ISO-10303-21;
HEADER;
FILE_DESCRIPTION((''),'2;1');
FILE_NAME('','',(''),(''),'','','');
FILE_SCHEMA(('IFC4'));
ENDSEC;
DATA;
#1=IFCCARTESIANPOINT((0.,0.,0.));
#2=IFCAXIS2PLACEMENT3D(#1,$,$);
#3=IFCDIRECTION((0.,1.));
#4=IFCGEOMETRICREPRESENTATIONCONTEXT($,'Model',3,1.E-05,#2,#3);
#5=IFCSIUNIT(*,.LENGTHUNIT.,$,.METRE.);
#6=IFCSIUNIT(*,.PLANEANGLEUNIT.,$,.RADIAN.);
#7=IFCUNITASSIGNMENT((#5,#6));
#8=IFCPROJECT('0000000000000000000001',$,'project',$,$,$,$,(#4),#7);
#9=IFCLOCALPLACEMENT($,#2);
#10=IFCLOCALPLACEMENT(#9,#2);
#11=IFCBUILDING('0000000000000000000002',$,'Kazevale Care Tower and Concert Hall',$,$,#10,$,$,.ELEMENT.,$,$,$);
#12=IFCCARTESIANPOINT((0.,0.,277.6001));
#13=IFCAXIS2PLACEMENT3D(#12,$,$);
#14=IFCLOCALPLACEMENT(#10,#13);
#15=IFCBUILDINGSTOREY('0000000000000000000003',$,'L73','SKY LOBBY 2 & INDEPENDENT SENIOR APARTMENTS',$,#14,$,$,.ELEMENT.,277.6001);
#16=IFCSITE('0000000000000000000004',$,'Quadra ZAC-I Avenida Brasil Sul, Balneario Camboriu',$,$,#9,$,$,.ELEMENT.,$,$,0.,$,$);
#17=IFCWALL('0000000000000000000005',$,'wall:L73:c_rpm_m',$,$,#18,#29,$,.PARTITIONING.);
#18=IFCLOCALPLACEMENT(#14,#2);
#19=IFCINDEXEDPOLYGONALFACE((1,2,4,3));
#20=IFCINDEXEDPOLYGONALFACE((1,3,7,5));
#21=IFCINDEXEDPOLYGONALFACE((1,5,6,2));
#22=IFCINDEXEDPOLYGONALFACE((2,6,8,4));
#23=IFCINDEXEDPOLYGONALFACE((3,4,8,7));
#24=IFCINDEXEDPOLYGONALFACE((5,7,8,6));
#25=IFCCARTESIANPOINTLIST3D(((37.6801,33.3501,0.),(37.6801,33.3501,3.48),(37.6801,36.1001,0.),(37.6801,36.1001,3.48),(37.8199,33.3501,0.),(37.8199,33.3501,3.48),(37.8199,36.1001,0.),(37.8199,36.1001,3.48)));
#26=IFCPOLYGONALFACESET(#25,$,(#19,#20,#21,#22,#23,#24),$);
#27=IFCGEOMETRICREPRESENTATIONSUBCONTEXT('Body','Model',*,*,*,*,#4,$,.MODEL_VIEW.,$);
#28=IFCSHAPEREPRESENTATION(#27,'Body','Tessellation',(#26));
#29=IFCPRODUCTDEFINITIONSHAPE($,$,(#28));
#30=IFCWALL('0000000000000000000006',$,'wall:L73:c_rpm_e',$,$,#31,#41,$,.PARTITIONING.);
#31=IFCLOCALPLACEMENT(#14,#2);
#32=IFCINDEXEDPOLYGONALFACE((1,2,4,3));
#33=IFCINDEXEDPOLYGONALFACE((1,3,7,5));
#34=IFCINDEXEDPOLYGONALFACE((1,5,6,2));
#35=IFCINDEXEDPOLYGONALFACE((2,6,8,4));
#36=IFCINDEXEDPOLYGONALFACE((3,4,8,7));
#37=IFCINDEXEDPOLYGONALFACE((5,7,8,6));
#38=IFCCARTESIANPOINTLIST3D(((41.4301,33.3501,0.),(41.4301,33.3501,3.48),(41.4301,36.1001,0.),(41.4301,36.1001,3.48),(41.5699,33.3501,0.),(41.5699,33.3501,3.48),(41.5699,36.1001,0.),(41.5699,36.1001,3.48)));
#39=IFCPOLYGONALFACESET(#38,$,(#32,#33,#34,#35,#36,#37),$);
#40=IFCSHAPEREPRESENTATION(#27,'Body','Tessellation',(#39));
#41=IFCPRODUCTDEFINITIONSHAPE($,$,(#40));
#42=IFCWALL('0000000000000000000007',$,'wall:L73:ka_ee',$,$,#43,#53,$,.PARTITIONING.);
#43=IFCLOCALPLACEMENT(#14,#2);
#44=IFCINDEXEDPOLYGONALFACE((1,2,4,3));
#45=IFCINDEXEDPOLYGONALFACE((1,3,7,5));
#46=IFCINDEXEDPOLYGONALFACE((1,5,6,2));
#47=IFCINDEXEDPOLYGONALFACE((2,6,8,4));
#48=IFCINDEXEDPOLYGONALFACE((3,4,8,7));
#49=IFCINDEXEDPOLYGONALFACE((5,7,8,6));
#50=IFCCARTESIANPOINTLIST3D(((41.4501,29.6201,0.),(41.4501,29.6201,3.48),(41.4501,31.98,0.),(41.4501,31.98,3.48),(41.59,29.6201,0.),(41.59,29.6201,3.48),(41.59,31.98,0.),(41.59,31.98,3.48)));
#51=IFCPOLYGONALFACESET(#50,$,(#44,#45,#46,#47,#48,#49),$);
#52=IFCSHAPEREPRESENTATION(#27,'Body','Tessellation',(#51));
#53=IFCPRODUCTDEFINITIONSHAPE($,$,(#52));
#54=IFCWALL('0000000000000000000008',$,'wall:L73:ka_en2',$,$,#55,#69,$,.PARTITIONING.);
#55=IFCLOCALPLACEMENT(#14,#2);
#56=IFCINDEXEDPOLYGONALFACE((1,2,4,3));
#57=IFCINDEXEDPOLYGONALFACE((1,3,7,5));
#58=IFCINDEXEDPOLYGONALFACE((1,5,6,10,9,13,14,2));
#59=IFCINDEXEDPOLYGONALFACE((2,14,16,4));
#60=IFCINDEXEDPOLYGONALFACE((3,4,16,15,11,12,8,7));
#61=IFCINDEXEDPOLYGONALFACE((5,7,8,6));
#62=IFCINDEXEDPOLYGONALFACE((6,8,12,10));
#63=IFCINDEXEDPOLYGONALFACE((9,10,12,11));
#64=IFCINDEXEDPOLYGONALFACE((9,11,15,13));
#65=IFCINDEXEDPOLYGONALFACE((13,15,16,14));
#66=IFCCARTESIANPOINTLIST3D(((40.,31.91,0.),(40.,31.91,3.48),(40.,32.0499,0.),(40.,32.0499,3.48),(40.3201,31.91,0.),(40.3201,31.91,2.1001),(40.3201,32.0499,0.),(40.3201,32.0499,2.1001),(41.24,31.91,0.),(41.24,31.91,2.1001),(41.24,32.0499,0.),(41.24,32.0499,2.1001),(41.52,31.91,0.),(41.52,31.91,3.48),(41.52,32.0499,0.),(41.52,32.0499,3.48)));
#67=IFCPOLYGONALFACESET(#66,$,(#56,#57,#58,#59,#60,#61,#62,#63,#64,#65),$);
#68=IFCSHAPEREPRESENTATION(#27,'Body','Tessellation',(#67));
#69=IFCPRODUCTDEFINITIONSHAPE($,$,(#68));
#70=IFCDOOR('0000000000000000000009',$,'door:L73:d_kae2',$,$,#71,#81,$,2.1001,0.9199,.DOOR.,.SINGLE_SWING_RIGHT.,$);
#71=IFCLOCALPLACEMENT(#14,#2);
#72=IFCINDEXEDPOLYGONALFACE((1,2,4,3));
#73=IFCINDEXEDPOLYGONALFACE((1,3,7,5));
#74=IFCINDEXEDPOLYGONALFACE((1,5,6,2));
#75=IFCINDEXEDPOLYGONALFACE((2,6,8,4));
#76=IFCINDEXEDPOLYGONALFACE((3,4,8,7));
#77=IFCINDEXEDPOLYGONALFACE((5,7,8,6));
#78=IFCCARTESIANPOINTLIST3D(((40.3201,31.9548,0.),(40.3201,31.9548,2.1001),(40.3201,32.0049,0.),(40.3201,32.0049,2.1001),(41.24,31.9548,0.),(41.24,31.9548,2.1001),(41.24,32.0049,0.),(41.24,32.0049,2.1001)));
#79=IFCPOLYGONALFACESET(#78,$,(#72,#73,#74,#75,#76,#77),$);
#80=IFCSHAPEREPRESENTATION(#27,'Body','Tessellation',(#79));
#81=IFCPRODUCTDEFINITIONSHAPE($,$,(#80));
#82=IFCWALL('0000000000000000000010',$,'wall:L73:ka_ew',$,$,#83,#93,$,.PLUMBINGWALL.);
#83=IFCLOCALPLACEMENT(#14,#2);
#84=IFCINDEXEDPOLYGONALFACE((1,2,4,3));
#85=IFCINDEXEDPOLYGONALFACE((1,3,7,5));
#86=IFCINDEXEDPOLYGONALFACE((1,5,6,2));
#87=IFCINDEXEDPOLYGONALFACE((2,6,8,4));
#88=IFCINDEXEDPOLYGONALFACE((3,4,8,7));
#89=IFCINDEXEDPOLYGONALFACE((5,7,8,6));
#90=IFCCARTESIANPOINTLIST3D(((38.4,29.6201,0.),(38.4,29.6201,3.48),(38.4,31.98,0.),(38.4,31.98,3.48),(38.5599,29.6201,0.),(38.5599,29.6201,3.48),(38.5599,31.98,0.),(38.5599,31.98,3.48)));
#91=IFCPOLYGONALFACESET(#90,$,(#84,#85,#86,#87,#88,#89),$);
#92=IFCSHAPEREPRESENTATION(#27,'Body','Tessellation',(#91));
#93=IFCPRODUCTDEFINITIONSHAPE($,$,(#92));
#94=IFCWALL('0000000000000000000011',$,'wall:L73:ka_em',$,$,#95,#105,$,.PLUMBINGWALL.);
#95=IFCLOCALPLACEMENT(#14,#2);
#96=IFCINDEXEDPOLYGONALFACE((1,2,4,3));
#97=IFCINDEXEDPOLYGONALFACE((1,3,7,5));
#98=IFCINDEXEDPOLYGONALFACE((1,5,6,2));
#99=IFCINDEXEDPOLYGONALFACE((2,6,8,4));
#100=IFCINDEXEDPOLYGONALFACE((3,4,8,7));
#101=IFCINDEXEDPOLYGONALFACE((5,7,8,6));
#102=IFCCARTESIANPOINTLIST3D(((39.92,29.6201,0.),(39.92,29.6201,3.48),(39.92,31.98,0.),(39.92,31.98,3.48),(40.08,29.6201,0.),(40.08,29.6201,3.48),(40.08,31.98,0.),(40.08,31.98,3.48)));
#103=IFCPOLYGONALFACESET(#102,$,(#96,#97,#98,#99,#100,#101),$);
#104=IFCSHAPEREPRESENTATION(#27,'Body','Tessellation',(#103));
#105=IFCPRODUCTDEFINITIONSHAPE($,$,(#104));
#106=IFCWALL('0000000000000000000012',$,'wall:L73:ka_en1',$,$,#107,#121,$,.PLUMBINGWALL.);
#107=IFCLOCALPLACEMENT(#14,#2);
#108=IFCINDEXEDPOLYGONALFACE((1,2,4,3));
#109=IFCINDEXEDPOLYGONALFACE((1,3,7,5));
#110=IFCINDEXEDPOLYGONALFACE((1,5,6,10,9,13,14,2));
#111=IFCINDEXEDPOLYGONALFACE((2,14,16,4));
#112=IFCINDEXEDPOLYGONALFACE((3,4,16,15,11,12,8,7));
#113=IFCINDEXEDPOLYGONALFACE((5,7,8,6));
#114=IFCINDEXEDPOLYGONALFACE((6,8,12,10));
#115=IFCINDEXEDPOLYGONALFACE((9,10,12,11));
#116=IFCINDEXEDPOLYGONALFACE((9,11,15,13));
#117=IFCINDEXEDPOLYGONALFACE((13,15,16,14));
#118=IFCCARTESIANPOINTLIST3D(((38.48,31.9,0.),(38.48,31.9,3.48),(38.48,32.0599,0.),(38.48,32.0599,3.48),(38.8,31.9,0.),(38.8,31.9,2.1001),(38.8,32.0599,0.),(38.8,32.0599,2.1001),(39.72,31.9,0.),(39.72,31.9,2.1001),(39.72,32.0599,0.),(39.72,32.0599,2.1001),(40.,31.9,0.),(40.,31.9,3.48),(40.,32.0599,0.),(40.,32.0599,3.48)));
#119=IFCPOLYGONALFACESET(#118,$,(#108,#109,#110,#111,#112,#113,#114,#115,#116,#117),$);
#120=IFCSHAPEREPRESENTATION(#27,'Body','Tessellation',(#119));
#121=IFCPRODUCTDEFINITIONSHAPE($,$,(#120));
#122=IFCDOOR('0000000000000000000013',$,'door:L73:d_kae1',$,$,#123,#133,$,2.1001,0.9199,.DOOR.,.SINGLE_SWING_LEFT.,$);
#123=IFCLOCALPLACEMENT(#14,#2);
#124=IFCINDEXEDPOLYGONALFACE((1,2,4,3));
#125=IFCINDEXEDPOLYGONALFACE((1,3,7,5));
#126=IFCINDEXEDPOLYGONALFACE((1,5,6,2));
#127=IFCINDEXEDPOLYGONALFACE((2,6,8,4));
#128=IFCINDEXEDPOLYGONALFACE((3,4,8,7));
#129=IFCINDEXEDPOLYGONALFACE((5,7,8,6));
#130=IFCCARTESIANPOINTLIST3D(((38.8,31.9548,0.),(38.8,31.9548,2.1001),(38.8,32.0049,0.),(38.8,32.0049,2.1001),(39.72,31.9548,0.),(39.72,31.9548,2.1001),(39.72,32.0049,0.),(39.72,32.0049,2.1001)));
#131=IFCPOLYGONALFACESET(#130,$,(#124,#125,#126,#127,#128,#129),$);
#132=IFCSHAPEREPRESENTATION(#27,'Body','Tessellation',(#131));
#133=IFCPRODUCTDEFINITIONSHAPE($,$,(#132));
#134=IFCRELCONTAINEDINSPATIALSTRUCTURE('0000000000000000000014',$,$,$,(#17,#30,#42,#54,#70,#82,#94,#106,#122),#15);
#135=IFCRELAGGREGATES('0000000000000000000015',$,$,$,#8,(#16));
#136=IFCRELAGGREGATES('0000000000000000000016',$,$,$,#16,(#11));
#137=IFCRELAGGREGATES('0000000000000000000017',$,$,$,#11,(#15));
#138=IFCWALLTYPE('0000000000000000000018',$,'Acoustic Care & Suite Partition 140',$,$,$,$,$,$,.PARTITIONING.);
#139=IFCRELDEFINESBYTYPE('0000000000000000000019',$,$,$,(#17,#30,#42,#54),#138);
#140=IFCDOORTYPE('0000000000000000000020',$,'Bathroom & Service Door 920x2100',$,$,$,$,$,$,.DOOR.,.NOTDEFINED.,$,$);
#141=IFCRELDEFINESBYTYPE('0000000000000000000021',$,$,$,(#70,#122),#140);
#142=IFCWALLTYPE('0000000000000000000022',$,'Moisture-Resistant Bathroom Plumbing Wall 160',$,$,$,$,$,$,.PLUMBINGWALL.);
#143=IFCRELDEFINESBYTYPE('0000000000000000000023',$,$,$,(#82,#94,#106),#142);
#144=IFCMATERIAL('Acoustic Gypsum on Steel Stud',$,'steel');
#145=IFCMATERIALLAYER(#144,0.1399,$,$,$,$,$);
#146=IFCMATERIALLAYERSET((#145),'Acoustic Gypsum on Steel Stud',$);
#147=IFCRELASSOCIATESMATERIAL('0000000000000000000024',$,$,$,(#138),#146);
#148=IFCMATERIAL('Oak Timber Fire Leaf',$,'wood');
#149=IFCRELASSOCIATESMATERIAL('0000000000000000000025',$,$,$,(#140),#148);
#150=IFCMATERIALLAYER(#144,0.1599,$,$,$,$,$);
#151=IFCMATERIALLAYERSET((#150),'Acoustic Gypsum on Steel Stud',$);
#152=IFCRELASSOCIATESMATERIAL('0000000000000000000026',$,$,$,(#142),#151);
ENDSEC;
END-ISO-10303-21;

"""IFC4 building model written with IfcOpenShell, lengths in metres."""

from ifc_helpers import new_model, si_unit, direction, frame, frame_2d, origin, place, context, subcontext, project, spatial, rectangle, extrude, material, layer, layer_set, type_object, element, fill, save


model = new_model("IFC4")

# Units and contexts
model_context = context("Model", 3, precision=1e-05, world=origin(), true_north=direction((0.0, 1.0)))
body_context = subcontext(model_context, "Body", "Model", "MODEL_VIEW")
ifc_project = project(units=[si_unit("LENGTHUNIT", "METRE"), si_unit("PLANEANGLEUNIT", "RADIAN")], contexts=[model_context])

# Site, building, storey
site_placement = place(None, origin())
site = spatial("IfcSite", under=ifc_project, at=site_placement, Name="Quadra ZAC-I Avenida Brasil Sul, Balneario Camboriu", CompositionType="ELEMENT", RefElevation=0.0)
building_placement = place(site_placement, origin())
building = spatial("IfcBuilding", under=site, at=building_placement, Name="Kazevale Care Tower and Concert Hall", CompositionType="ELEMENT")
storey_placement = place(building_placement, frame((0.0, 0.0, 277.6001)))
storey = spatial("IfcBuildingStorey", under=building, at=storey_placement, Name="L73", Description="SKY LOBBY 2 & INDEPENDENT SENIOR APARTMENTS", CompositionType="ELEMENT", Elevation=277.6001)

# Shared definitions
ifc_material_1 = material(Name="Acoustic Gypsum on Steel Stud", Category="steel")
ifc_layer_1 = layer(ifc_material_1, 0.1399)
ifc_layer_set_1 = layer_set([ifc_layer_1], Name="Acoustic Gypsum on Steel Stud")
wall_type_1 = type_object("IfcWallType", Name="Acoustic Care & Suite Partition 140", PredefinedType="PARTITIONING", material=ifc_layer_set_1)
ifc_material_2 = material(Name="Oak Timber Fire Leaf", Category="wood")
door_type = type_object("IfcDoorType", Name="Bathroom & Service Door 920x2100", OperationType="NOTDEFINED", PredefinedType="DOOR", material=ifc_material_2)

# Walls
for number, where, z_axis, x_axis, name in (
    (1, (37.75, 33.3501, 0.0), (0.0, 0.0, 1.0), (0.0, 1.0, 0.0), "wall:L73:c_rpm_m"),
    (2, (41.5, 33.3501, 0.0), (0.0, 0.0, 1.0), (0.0, 1.0, 0.0), "wall:L73:c_rpm_e"),
):
    element("IfcWall", number, at=place(storey_placement, frame(where, z_axis=z_axis, x_axis=x_axis)), inside=storey, type_object=wall_type_1, Name=name, PredefinedType="PARTITIONING", context=body_context, shape_type="SweptSolid", body=[
        extrude(rectangle(XDim=2.75, YDim=0.1399, at=frame_2d((1.375, 0.0))), origin(), (0.0, 0.0, 1.0), 3.48),
    ])
wall_1_placement = place(storey_placement, frame((41.52, 29.6201, 0.0), z_axis=(0.0, 0.0, 1.0), x_axis=(0.0, 1.0, 0.0)))
element("IfcWall", 3, at=wall_1_placement, inside=storey, type_object=wall_type_1, Name="wall:L73:ka_ee", PredefinedType="PARTITIONING", context=body_context, shape_type="SweptSolid", body=[
    extrude(rectangle(XDim=2.3599, YDim=0.1399, at=frame_2d((1.1799, 0.0))), origin(), (0.0, 0.0, 1.0), 3.48),
])

# Wall, opening, door
wall_2_placement = place(storey_placement, frame((40.0, 31.98, 0.0), z_axis=(0.0, 0.0, 1.0), x_axis=(1.0, 0.0, 0.0)))
wall_2 = element("IfcWall", 4, at=wall_2_placement, inside=storey, type_object=wall_type_1, Name="wall:L73:ka_en2", PredefinedType="PARTITIONING", context=body_context, shape_type="SweptSolid", body=[
    extrude(rectangle(XDim=1.52, YDim=0.1399, at=frame_2d((0.76, 0.0))), origin(), (0.0, 0.0, 1.0), 3.48),
])
opening_1_placement = place(wall_2_placement, frame((0.3201, 0.0, 0.0)))
opening_1 = element("IfcOpeningElement", 5, at=opening_1_placement, cuts=wall_2, PredefinedType="OPENING", context=body_context, shape_type="SweptSolid", body=[
    extrude(rectangle(XDim=0.9199, YDim=2.1001, at=frame_2d((0.46, 1.05))), frame((0.0, 0.0798, 0.0), z_axis=(0.0, -1.0, 0.0), x_axis=(1.0, 0.0, 0.0)), (0.0, 0.0, 1.0), 0.1599),
])
door_1_placement = place(opening_1_placement, origin())
door_1 = element("IfcDoor", 6, at=door_1_placement, inside=storey, type_object=door_type, Name="door:L73:d_kae2", OperationType="SINGLE_SWING_RIGHT", OverallHeight=2.1001, OverallWidth=0.9199, PredefinedType="DOOR", context=body_context, shape_type="SweptSolid", body=[
    extrude(rectangle(XDim=0.9199, YDim=2.1001, at=frame_2d((0.46, 1.05))), frame((0.0, 0.0249, 0.0), z_axis=(0.0, -1.0, 0.0), x_axis=(1.0, 0.0, 0.0)), (0.0, 0.0, 1.0), 0.05),
])
fill(opening_1, door_1)

# Walls
ifc_layer_2 = layer(ifc_material_1, 0.1599)
ifc_layer_set_2 = layer_set([ifc_layer_2], Name="Acoustic Gypsum on Steel Stud")
wall_type_2 = type_object("IfcWallType", Name="Moisture-Resistant Bathroom Plumbing Wall 160", PredefinedType="PLUMBINGWALL", material=ifc_layer_set_2)
for number, where, z_axis, x_axis, name in (
    (7, (38.48, 29.6201, 0.0), (0.0, 0.0, 1.0), (0.0, 1.0, 0.0), "wall:L73:ka_ew"),
    (8, (40.0, 29.6201, 0.0), (0.0, 0.0, 1.0), (0.0, 1.0, 0.0), "wall:L73:ka_em"),
):
    element("IfcWall", number, at=place(storey_placement, frame(where, z_axis=z_axis, x_axis=x_axis)), inside=storey, type_object=wall_type_2, Name=name, PredefinedType="PLUMBINGWALL", context=body_context, shape_type="SweptSolid", body=[
        extrude(rectangle(XDim=2.3599, YDim=0.1599, at=frame_2d((1.1799, 0.0))), origin(), (0.0, 0.0, 1.0), 3.48),
    ])

# Wall, opening, door
wall_3_placement = place(storey_placement, frame((38.48, 31.98, 0.0), z_axis=(0.0, 0.0, 1.0), x_axis=(1.0, 0.0, 0.0)))
wall_3 = element("IfcWall", 9, at=wall_3_placement, inside=storey, type_object=wall_type_2, Name="wall:L73:ka_en1", PredefinedType="PLUMBINGWALL", context=body_context, shape_type="SweptSolid", body=[
    extrude(rectangle(XDim=1.52, YDim=0.1599, at=frame_2d((0.76, 0.0))), origin(), (0.0, 0.0, 1.0), 3.48),
])
opening_2_placement = place(wall_3_placement, frame((0.3201, 0.0, 0.0)))
opening_2 = element("IfcOpeningElement", 10, at=opening_2_placement, cuts=wall_3, PredefinedType="OPENING", context=body_context, shape_type="SweptSolid", body=[
    extrude(rectangle(XDim=0.9199, YDim=2.1001, at=frame_2d((0.46, 1.05))), frame((0.0, 0.0898, 0.0), z_axis=(0.0, -1.0, 0.0), x_axis=(1.0, 0.0, 0.0)), (0.0, 0.0, 1.0), 0.1799),
])
door_2_placement = place(opening_2_placement, origin())
door_2 = element("IfcDoor", 11, at=door_2_placement, inside=storey, type_object=door_type, Name="door:L73:d_kae1", OperationType="SINGLE_SWING_LEFT", OverallHeight=2.1001, OverallWidth=0.9199, PredefinedType="DOOR", context=body_context, shape_type="SweptSolid", body=[
    extrude(rectangle(XDim=0.9199, YDim=2.1001, at=frame_2d((0.46, 1.05))), frame((0.0, 0.0249, 0.0), z_axis=(0.0, -1.0, 0.0), x_axis=(1.0, 0.0, 0.0)), (0.0, 0.0, 1.0), 0.05),
])
fill(opening_2, door_2)

save(model, "model.ifc")
